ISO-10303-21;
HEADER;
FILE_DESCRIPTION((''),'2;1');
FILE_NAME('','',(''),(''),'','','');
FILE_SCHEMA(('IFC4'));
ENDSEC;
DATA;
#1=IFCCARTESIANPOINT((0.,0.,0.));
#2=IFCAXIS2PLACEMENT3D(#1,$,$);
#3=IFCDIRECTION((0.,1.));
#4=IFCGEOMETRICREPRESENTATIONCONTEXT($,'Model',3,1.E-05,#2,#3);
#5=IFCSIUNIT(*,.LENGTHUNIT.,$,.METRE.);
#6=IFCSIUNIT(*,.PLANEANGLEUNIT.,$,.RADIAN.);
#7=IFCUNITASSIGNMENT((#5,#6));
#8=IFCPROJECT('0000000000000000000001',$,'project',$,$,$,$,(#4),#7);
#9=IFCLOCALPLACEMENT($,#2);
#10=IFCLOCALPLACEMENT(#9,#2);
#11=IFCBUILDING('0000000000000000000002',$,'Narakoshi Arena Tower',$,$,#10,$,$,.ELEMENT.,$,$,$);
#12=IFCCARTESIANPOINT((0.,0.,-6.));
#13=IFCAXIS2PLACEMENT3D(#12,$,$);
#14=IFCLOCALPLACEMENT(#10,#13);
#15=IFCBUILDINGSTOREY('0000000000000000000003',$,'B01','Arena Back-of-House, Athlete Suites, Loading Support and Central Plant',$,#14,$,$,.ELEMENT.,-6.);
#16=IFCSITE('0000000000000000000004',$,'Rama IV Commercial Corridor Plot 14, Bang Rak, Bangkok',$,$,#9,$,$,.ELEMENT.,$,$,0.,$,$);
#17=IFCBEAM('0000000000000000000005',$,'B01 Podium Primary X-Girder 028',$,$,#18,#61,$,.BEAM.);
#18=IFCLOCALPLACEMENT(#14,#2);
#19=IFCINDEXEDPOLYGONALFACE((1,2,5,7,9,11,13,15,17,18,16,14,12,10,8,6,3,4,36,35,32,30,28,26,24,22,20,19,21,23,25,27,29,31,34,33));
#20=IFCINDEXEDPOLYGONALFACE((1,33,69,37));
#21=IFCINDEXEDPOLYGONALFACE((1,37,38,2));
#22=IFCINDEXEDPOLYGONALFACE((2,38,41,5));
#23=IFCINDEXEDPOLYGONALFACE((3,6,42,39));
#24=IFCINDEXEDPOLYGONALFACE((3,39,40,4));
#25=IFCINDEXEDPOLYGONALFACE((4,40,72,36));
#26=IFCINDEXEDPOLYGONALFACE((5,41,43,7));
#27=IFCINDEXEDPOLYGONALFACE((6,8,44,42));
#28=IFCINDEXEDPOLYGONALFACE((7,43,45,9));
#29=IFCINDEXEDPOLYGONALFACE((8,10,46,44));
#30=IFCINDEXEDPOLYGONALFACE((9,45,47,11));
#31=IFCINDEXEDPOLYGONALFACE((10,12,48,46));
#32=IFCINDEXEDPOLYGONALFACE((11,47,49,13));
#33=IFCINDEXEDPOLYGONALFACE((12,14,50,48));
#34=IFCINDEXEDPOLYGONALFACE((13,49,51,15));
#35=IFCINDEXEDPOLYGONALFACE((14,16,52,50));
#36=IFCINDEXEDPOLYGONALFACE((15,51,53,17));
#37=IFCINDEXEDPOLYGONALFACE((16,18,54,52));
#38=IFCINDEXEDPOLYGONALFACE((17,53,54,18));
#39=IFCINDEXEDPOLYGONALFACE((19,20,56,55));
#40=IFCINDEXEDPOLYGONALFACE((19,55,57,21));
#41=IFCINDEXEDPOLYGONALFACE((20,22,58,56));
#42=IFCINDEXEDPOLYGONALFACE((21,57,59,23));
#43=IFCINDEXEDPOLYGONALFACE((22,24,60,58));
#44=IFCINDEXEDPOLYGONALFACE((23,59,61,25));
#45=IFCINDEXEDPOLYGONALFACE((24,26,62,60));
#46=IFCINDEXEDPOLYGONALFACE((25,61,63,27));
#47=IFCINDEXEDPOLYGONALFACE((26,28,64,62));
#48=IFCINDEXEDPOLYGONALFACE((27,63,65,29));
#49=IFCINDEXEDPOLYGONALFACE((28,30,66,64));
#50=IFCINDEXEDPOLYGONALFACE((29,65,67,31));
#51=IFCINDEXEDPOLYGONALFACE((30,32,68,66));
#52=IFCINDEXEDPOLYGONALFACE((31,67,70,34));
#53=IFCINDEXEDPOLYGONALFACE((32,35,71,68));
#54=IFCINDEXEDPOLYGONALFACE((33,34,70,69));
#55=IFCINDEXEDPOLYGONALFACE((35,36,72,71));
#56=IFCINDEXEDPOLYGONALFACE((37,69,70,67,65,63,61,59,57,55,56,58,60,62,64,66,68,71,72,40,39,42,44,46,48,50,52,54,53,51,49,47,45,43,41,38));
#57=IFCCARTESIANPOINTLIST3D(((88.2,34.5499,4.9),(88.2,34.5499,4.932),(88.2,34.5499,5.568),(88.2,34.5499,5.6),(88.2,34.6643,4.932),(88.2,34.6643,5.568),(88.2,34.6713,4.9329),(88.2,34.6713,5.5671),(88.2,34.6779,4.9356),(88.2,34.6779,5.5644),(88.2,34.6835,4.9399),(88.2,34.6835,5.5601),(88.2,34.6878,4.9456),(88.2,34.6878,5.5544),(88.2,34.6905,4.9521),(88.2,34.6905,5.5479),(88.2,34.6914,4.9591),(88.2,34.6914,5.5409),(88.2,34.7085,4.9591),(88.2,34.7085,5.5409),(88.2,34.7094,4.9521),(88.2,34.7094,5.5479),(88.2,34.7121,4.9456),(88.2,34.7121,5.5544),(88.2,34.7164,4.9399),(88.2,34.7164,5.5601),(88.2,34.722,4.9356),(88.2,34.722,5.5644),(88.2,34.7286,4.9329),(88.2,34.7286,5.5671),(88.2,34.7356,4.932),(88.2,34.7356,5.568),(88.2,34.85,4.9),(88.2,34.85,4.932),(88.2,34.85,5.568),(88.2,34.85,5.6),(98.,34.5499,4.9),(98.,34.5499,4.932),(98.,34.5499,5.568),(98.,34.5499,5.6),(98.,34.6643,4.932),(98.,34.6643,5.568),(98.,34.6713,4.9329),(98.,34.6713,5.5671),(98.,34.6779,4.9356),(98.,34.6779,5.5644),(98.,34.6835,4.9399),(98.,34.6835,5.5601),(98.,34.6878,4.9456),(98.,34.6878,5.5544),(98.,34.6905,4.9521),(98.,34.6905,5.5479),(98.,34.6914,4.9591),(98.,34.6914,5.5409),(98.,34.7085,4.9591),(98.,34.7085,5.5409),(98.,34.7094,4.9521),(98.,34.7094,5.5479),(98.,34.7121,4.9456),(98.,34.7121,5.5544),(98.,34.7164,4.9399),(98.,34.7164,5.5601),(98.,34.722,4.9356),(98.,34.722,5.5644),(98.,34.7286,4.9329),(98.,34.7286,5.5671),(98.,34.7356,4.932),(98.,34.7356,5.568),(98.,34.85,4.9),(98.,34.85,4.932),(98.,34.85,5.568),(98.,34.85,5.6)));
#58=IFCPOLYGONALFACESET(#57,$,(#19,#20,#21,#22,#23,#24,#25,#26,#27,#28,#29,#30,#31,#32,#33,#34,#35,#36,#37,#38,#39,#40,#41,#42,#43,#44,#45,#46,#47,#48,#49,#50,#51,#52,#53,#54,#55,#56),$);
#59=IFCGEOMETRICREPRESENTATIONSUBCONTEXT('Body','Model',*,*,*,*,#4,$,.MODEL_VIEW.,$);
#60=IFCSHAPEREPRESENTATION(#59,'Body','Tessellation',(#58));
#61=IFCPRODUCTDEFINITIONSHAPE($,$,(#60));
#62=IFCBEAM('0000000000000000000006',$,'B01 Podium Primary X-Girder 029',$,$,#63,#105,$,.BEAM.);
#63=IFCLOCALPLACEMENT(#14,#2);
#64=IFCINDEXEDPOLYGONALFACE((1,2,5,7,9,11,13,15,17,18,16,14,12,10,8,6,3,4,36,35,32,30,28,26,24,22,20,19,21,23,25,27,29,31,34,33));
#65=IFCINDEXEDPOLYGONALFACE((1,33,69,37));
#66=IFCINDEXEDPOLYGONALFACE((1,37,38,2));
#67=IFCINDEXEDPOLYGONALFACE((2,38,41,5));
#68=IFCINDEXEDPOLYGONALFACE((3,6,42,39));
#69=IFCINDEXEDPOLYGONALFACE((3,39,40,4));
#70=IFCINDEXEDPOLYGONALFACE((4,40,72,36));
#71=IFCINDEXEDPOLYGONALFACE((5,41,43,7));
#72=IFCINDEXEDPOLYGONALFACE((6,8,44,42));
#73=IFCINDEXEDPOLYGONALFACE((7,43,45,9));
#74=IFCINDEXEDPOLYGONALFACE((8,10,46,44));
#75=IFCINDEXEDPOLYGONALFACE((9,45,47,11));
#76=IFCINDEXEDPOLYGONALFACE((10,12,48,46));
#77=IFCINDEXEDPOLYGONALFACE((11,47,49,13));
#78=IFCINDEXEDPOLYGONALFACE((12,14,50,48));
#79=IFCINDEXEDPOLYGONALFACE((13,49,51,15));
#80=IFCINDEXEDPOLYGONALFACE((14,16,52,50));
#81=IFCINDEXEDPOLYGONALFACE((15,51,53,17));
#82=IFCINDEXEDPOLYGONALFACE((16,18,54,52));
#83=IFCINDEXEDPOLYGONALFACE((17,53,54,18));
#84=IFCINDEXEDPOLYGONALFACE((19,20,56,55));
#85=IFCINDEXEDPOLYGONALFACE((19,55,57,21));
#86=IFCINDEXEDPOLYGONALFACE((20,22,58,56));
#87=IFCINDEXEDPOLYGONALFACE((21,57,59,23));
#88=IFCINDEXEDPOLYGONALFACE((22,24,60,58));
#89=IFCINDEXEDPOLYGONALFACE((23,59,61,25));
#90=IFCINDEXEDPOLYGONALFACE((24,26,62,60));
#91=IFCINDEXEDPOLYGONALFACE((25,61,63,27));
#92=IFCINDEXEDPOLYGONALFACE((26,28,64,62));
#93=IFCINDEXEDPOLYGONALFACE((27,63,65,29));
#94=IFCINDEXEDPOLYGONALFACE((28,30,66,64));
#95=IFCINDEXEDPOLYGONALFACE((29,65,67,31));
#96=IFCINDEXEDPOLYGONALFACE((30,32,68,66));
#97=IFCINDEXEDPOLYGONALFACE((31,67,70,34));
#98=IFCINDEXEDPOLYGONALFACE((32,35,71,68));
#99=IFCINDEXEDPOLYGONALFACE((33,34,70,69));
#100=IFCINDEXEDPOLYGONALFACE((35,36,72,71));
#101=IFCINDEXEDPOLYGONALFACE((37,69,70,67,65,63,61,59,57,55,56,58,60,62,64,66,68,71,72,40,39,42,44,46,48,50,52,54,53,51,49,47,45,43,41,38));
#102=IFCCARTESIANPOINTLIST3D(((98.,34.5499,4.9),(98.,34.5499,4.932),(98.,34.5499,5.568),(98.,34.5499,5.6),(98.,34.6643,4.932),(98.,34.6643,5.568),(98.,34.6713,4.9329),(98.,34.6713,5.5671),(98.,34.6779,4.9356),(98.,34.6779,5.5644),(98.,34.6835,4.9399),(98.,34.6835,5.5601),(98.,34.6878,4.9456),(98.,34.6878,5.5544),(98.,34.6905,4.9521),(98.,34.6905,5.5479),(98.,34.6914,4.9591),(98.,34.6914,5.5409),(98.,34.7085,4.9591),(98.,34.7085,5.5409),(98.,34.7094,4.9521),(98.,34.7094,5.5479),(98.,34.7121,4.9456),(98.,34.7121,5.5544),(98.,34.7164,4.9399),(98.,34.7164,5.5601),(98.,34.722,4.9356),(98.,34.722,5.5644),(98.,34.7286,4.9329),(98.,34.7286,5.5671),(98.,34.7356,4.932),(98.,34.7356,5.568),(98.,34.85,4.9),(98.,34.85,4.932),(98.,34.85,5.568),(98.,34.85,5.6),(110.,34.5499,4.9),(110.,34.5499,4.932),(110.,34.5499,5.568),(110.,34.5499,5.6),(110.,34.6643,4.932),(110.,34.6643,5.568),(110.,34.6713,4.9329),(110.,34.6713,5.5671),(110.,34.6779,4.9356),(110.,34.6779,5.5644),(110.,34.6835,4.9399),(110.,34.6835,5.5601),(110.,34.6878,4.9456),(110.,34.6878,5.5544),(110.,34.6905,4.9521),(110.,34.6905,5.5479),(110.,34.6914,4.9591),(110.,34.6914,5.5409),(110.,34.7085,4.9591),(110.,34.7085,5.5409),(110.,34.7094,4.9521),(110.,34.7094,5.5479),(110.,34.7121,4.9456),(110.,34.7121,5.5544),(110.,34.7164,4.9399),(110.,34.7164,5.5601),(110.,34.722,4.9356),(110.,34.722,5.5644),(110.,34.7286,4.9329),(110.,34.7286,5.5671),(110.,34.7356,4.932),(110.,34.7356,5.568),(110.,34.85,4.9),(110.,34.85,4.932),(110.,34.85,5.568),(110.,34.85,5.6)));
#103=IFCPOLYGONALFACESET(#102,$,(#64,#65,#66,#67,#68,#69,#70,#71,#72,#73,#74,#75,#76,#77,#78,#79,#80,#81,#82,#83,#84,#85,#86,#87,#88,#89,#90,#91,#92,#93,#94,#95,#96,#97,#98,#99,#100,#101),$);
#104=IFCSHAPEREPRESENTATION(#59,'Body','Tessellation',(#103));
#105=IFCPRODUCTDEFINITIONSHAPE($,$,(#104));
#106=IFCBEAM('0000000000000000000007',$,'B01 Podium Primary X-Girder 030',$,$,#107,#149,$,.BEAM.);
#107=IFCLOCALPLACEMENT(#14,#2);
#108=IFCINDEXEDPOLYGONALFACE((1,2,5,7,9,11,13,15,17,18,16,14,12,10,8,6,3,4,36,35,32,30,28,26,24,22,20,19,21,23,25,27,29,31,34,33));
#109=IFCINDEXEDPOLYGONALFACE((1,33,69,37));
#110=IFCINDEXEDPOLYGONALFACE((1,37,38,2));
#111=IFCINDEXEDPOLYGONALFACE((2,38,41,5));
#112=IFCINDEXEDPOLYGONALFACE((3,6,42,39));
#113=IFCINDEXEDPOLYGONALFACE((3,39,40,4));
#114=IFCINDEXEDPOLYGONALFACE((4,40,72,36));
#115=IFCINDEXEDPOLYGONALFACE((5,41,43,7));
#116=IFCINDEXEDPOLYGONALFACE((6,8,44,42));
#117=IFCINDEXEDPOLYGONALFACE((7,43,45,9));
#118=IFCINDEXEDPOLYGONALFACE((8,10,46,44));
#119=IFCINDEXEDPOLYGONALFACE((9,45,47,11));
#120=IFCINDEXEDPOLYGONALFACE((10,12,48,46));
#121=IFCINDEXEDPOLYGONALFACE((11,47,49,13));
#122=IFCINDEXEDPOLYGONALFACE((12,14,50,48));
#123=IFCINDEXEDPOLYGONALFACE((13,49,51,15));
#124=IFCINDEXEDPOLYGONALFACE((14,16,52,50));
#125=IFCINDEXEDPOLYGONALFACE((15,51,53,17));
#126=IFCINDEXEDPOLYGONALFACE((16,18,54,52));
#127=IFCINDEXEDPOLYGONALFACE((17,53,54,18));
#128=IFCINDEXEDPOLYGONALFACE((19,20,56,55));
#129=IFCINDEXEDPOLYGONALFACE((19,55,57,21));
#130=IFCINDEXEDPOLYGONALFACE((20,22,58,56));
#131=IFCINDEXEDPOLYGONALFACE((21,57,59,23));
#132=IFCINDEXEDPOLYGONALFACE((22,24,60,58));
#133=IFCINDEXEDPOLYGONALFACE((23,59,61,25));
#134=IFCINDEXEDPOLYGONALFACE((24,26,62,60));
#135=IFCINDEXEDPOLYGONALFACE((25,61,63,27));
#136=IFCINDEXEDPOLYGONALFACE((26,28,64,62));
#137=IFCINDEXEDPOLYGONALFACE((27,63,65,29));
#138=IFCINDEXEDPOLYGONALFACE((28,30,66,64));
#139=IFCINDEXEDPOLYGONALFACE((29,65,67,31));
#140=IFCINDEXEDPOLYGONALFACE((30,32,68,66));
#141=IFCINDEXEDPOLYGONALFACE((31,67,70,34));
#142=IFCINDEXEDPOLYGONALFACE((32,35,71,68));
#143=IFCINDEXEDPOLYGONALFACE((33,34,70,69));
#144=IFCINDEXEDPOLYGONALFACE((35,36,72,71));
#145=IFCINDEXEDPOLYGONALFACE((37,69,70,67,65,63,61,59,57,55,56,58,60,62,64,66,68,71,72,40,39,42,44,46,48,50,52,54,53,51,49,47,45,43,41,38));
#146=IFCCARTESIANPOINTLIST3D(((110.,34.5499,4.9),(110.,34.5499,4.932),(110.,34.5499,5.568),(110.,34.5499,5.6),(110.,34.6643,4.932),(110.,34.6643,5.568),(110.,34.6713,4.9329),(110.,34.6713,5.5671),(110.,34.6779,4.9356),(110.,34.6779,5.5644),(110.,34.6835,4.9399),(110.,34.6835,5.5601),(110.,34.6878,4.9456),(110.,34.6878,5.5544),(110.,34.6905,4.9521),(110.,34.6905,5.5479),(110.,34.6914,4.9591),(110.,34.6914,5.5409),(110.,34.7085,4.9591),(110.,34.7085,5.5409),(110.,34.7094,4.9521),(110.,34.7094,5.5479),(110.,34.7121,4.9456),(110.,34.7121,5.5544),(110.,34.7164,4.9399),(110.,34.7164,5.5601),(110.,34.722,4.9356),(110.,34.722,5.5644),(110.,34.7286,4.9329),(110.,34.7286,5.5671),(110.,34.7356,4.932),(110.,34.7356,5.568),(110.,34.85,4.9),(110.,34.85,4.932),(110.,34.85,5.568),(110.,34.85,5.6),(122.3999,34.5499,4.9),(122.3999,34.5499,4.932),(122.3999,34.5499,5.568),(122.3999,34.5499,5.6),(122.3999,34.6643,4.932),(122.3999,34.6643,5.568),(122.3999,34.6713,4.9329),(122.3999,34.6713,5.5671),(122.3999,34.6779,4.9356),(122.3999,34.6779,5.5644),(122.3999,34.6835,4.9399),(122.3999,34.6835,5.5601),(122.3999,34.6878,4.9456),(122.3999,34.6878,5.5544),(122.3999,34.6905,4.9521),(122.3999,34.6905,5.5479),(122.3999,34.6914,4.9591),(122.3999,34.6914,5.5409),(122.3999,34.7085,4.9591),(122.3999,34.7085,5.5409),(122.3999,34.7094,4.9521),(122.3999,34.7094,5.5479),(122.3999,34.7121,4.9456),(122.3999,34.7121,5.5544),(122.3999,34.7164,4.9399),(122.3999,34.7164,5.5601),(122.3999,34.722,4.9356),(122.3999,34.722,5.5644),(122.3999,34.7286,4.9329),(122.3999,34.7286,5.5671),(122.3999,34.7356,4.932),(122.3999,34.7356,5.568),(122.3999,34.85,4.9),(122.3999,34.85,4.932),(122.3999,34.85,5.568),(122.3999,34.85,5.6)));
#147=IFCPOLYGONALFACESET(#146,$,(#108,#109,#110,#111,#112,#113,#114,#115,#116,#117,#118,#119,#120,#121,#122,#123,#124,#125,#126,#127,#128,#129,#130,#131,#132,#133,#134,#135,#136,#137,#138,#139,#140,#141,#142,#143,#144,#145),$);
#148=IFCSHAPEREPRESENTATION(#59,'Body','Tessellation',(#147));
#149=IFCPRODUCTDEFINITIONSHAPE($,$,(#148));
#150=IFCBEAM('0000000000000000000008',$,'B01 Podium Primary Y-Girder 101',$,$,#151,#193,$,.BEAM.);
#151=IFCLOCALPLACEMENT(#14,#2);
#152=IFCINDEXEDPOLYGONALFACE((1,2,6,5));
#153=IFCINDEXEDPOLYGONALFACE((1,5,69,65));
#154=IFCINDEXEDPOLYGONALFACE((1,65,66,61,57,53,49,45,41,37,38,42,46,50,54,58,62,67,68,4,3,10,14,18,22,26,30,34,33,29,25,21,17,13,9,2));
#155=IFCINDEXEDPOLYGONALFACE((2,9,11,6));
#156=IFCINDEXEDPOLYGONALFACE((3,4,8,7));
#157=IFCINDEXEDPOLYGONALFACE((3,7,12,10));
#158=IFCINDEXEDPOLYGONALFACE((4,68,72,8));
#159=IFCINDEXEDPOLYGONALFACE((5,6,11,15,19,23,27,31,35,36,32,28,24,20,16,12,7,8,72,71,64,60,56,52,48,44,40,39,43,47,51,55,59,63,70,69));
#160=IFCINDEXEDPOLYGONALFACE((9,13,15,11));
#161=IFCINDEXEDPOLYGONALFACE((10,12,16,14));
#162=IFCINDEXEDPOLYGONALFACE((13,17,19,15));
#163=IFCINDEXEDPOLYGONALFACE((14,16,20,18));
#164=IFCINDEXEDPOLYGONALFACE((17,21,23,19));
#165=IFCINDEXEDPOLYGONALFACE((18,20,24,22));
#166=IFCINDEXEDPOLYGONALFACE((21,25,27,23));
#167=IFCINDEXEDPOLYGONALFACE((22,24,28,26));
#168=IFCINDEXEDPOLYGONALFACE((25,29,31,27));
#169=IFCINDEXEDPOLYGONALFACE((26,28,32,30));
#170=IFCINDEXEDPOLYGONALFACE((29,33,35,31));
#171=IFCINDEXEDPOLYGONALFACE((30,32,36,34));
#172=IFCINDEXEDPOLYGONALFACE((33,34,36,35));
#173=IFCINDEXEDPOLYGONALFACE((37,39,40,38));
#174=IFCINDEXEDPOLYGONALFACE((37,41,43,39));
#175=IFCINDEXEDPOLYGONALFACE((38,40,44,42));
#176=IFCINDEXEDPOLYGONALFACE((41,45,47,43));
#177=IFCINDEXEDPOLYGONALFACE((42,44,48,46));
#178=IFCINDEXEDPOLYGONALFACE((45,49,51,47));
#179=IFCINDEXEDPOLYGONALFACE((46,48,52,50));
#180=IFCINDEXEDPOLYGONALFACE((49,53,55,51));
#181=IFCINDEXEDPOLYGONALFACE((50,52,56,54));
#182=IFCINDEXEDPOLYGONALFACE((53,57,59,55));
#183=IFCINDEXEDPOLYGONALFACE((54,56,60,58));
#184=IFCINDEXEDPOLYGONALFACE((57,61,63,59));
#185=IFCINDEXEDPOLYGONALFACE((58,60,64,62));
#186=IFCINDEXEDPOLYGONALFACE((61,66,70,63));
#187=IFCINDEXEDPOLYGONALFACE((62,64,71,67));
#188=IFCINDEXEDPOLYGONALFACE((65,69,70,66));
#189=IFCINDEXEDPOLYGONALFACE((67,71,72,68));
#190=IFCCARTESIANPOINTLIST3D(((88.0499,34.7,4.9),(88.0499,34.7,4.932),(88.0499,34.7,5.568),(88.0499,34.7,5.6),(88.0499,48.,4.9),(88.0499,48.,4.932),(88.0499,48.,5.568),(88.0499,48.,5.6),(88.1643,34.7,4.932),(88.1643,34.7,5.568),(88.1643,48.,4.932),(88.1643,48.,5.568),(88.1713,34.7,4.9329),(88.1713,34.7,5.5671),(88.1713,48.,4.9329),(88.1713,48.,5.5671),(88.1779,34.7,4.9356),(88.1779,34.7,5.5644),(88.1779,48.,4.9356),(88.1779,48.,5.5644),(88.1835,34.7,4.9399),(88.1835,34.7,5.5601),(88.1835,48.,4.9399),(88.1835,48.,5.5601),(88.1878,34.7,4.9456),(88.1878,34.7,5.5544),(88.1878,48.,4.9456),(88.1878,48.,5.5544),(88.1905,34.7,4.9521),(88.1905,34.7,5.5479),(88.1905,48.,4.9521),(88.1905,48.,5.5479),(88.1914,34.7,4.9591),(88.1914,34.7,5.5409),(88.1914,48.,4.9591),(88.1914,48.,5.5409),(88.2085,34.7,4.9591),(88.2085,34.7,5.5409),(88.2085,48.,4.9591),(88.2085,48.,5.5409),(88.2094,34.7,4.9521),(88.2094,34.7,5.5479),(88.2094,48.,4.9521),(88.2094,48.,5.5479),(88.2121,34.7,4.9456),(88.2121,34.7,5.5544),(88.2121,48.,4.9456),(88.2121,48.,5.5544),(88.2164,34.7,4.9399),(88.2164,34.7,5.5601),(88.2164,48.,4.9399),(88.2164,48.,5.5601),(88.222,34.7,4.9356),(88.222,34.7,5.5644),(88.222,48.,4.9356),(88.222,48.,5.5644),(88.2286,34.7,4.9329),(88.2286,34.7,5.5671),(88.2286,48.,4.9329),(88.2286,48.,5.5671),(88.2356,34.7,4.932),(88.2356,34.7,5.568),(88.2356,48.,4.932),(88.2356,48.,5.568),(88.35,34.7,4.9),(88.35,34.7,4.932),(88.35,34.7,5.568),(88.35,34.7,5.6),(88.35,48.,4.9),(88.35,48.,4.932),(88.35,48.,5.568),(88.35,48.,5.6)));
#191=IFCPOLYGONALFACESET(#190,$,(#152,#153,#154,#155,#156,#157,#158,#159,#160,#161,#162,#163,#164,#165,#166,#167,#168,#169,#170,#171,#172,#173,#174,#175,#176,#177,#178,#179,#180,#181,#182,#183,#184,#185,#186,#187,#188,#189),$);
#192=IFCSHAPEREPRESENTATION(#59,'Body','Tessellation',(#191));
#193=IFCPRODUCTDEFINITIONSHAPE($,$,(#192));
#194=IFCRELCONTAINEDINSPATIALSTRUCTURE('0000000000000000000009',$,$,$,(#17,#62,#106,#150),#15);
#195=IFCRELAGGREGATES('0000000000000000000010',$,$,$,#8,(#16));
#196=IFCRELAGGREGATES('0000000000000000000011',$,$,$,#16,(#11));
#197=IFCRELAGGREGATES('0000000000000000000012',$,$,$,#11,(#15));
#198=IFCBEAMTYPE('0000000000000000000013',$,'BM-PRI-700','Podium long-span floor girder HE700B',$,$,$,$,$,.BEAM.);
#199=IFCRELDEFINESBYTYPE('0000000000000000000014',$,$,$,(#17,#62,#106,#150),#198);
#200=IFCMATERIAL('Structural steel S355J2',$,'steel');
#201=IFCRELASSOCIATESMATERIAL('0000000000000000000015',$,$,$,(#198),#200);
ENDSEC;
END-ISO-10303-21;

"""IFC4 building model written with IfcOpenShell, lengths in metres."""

from ifc_helpers import new_model, si_unit, direction, frame, origin, origin_2d, place, context, subcontext, project, spatial, i_section, extrude, material, material_profile, profile_set, type_object, element, save


model = new_model("IFC4")

# Units and contexts
model_context = context("Model", 3, precision=1e-05, world=origin(), true_north=direction((0.0, 1.0)))
body_context = subcontext(model_context, "Body", "Model", "MODEL_VIEW")
ifc_project = project(units=[si_unit("LENGTHUNIT", "METRE"), si_unit("PLANEANGLEUNIT", "RADIAN")], contexts=[model_context])

# Site, building, storey
site_placement = place(None, origin())
site = spatial("IfcSite", under=ifc_project, at=site_placement, Name="Rama IV Commercial Corridor Plot 14, Bang Rak, Bangkok", CompositionType="ELEMENT", RefElevation=0.0)
building_placement = place(site_placement, origin())
building = spatial("IfcBuilding", under=site, at=building_placement, Name="Narakoshi Arena Tower", CompositionType="ELEMENT")
storey_placement = place(building_placement, frame((0.0, 0.0, -6.0)))
storey = spatial("IfcBuildingStorey", under=building, at=storey_placement, Name="B01", Description="Arena Back-of-House, Athlete Suites, Loading Support and Central Plant", CompositionType="ELEMENT", Elevation=-6.0)

# Beams
ifc_material_1 = material(Name="Structural steel S355J2", Category="steel")
ifc_material_profile_1 = material_profile(ifc_material_1, i_section(OverallWidth=0.3, OverallDepth=0.7, WebThickness=0.0171, FlangeThickness=0.032, FilletRadius=0.0271, at=origin_2d()), Name="HE700B")
ifc_profile_set_1 = profile_set([ifc_material_profile_1], Name="Structural steel S355J2")
beam_type_1 = type_object("IfcBeamType", Name="BM-PRI-700", Description="Podium long-span floor girder HE700B", PredefinedType="BEAM", material=ifc_profile_set_1)
beam_1_placement = place(storey_placement, frame((88.2, 34.7, 5.25), z_axis=(1.0, 0.0, 0.0), x_axis=(0.0, 1.0, 0.0)))
element("IfcBeam", 1, at=beam_1_placement, inside=storey, type_object=beam_type_1, Name="B01 Podium Primary X-Girder 028", PredefinedType="BEAM", context=body_context, shape_type="SweptSolid", body=[
    extrude(i_section(OverallWidth=0.3, OverallDepth=0.7, WebThickness=0.0171, FlangeThickness=0.032, FilletRadius=0.0271, at=origin_2d()), origin(), (0.0, 0.0, 1.0), 9.8),
])
beam_2_placement = place(storey_placement, frame((98.0, 34.7, 5.25), z_axis=(1.0, 0.0, 0.0), x_axis=(0.0, 1.0, 0.0)))
element("IfcBeam", 2, at=beam_2_placement, inside=storey, type_object=beam_type_1, Name="B01 Podium Primary X-Girder 029", PredefinedType="BEAM", context=body_context, shape_type="SweptSolid", body=[
    extrude(i_section(OverallWidth=0.3, OverallDepth=0.7, WebThickness=0.0171, FlangeThickness=0.032, FilletRadius=0.0271, at=origin_2d()), origin(), (0.0, 0.0, 1.0), 12.0),
])
beam_3_placement = place(storey_placement, frame((110.0, 34.7, 5.25), z_axis=(1.0, 0.0, 0.0), x_axis=(0.0, 1.0, 0.0)))
element("IfcBeam", 3, at=beam_3_placement, inside=storey, type_object=beam_type_1, Name="B01 Podium Primary X-Girder 030", PredefinedType="BEAM", context=body_context, shape_type="SweptSolid", body=[
    extrude(i_section(OverallWidth=0.3, OverallDepth=0.7, WebThickness=0.0171, FlangeThickness=0.032, FilletRadius=0.0271, at=origin_2d()), origin(), (0.0, 0.0, 1.0), 12.3999),
])
for number, where, z_axis, x_axis, name in (
    (4, (88.2, 34.7, 5.25), (0.0, 1.0, 0.0), (-1.0, 0.0, 0.0), "B01 Podium Primary Y-Girder 101"),
):
    element("IfcBeam", number, at=place(storey_placement, frame(where, z_axis=z_axis, x_axis=x_axis)), inside=storey, type_object=beam_type_1, Name=name, PredefinedType="BEAM", context=body_context, shape_type="SweptSolid", body=[
        extrude(i_section(OverallWidth=0.3, OverallDepth=0.7, WebThickness=0.0171, FlangeThickness=0.032, FilletRadius=0.0271, at=origin_2d()), origin(), (0.0, 0.0, 1.0), 13.3),
    ])

save(model, "model.ifc")
